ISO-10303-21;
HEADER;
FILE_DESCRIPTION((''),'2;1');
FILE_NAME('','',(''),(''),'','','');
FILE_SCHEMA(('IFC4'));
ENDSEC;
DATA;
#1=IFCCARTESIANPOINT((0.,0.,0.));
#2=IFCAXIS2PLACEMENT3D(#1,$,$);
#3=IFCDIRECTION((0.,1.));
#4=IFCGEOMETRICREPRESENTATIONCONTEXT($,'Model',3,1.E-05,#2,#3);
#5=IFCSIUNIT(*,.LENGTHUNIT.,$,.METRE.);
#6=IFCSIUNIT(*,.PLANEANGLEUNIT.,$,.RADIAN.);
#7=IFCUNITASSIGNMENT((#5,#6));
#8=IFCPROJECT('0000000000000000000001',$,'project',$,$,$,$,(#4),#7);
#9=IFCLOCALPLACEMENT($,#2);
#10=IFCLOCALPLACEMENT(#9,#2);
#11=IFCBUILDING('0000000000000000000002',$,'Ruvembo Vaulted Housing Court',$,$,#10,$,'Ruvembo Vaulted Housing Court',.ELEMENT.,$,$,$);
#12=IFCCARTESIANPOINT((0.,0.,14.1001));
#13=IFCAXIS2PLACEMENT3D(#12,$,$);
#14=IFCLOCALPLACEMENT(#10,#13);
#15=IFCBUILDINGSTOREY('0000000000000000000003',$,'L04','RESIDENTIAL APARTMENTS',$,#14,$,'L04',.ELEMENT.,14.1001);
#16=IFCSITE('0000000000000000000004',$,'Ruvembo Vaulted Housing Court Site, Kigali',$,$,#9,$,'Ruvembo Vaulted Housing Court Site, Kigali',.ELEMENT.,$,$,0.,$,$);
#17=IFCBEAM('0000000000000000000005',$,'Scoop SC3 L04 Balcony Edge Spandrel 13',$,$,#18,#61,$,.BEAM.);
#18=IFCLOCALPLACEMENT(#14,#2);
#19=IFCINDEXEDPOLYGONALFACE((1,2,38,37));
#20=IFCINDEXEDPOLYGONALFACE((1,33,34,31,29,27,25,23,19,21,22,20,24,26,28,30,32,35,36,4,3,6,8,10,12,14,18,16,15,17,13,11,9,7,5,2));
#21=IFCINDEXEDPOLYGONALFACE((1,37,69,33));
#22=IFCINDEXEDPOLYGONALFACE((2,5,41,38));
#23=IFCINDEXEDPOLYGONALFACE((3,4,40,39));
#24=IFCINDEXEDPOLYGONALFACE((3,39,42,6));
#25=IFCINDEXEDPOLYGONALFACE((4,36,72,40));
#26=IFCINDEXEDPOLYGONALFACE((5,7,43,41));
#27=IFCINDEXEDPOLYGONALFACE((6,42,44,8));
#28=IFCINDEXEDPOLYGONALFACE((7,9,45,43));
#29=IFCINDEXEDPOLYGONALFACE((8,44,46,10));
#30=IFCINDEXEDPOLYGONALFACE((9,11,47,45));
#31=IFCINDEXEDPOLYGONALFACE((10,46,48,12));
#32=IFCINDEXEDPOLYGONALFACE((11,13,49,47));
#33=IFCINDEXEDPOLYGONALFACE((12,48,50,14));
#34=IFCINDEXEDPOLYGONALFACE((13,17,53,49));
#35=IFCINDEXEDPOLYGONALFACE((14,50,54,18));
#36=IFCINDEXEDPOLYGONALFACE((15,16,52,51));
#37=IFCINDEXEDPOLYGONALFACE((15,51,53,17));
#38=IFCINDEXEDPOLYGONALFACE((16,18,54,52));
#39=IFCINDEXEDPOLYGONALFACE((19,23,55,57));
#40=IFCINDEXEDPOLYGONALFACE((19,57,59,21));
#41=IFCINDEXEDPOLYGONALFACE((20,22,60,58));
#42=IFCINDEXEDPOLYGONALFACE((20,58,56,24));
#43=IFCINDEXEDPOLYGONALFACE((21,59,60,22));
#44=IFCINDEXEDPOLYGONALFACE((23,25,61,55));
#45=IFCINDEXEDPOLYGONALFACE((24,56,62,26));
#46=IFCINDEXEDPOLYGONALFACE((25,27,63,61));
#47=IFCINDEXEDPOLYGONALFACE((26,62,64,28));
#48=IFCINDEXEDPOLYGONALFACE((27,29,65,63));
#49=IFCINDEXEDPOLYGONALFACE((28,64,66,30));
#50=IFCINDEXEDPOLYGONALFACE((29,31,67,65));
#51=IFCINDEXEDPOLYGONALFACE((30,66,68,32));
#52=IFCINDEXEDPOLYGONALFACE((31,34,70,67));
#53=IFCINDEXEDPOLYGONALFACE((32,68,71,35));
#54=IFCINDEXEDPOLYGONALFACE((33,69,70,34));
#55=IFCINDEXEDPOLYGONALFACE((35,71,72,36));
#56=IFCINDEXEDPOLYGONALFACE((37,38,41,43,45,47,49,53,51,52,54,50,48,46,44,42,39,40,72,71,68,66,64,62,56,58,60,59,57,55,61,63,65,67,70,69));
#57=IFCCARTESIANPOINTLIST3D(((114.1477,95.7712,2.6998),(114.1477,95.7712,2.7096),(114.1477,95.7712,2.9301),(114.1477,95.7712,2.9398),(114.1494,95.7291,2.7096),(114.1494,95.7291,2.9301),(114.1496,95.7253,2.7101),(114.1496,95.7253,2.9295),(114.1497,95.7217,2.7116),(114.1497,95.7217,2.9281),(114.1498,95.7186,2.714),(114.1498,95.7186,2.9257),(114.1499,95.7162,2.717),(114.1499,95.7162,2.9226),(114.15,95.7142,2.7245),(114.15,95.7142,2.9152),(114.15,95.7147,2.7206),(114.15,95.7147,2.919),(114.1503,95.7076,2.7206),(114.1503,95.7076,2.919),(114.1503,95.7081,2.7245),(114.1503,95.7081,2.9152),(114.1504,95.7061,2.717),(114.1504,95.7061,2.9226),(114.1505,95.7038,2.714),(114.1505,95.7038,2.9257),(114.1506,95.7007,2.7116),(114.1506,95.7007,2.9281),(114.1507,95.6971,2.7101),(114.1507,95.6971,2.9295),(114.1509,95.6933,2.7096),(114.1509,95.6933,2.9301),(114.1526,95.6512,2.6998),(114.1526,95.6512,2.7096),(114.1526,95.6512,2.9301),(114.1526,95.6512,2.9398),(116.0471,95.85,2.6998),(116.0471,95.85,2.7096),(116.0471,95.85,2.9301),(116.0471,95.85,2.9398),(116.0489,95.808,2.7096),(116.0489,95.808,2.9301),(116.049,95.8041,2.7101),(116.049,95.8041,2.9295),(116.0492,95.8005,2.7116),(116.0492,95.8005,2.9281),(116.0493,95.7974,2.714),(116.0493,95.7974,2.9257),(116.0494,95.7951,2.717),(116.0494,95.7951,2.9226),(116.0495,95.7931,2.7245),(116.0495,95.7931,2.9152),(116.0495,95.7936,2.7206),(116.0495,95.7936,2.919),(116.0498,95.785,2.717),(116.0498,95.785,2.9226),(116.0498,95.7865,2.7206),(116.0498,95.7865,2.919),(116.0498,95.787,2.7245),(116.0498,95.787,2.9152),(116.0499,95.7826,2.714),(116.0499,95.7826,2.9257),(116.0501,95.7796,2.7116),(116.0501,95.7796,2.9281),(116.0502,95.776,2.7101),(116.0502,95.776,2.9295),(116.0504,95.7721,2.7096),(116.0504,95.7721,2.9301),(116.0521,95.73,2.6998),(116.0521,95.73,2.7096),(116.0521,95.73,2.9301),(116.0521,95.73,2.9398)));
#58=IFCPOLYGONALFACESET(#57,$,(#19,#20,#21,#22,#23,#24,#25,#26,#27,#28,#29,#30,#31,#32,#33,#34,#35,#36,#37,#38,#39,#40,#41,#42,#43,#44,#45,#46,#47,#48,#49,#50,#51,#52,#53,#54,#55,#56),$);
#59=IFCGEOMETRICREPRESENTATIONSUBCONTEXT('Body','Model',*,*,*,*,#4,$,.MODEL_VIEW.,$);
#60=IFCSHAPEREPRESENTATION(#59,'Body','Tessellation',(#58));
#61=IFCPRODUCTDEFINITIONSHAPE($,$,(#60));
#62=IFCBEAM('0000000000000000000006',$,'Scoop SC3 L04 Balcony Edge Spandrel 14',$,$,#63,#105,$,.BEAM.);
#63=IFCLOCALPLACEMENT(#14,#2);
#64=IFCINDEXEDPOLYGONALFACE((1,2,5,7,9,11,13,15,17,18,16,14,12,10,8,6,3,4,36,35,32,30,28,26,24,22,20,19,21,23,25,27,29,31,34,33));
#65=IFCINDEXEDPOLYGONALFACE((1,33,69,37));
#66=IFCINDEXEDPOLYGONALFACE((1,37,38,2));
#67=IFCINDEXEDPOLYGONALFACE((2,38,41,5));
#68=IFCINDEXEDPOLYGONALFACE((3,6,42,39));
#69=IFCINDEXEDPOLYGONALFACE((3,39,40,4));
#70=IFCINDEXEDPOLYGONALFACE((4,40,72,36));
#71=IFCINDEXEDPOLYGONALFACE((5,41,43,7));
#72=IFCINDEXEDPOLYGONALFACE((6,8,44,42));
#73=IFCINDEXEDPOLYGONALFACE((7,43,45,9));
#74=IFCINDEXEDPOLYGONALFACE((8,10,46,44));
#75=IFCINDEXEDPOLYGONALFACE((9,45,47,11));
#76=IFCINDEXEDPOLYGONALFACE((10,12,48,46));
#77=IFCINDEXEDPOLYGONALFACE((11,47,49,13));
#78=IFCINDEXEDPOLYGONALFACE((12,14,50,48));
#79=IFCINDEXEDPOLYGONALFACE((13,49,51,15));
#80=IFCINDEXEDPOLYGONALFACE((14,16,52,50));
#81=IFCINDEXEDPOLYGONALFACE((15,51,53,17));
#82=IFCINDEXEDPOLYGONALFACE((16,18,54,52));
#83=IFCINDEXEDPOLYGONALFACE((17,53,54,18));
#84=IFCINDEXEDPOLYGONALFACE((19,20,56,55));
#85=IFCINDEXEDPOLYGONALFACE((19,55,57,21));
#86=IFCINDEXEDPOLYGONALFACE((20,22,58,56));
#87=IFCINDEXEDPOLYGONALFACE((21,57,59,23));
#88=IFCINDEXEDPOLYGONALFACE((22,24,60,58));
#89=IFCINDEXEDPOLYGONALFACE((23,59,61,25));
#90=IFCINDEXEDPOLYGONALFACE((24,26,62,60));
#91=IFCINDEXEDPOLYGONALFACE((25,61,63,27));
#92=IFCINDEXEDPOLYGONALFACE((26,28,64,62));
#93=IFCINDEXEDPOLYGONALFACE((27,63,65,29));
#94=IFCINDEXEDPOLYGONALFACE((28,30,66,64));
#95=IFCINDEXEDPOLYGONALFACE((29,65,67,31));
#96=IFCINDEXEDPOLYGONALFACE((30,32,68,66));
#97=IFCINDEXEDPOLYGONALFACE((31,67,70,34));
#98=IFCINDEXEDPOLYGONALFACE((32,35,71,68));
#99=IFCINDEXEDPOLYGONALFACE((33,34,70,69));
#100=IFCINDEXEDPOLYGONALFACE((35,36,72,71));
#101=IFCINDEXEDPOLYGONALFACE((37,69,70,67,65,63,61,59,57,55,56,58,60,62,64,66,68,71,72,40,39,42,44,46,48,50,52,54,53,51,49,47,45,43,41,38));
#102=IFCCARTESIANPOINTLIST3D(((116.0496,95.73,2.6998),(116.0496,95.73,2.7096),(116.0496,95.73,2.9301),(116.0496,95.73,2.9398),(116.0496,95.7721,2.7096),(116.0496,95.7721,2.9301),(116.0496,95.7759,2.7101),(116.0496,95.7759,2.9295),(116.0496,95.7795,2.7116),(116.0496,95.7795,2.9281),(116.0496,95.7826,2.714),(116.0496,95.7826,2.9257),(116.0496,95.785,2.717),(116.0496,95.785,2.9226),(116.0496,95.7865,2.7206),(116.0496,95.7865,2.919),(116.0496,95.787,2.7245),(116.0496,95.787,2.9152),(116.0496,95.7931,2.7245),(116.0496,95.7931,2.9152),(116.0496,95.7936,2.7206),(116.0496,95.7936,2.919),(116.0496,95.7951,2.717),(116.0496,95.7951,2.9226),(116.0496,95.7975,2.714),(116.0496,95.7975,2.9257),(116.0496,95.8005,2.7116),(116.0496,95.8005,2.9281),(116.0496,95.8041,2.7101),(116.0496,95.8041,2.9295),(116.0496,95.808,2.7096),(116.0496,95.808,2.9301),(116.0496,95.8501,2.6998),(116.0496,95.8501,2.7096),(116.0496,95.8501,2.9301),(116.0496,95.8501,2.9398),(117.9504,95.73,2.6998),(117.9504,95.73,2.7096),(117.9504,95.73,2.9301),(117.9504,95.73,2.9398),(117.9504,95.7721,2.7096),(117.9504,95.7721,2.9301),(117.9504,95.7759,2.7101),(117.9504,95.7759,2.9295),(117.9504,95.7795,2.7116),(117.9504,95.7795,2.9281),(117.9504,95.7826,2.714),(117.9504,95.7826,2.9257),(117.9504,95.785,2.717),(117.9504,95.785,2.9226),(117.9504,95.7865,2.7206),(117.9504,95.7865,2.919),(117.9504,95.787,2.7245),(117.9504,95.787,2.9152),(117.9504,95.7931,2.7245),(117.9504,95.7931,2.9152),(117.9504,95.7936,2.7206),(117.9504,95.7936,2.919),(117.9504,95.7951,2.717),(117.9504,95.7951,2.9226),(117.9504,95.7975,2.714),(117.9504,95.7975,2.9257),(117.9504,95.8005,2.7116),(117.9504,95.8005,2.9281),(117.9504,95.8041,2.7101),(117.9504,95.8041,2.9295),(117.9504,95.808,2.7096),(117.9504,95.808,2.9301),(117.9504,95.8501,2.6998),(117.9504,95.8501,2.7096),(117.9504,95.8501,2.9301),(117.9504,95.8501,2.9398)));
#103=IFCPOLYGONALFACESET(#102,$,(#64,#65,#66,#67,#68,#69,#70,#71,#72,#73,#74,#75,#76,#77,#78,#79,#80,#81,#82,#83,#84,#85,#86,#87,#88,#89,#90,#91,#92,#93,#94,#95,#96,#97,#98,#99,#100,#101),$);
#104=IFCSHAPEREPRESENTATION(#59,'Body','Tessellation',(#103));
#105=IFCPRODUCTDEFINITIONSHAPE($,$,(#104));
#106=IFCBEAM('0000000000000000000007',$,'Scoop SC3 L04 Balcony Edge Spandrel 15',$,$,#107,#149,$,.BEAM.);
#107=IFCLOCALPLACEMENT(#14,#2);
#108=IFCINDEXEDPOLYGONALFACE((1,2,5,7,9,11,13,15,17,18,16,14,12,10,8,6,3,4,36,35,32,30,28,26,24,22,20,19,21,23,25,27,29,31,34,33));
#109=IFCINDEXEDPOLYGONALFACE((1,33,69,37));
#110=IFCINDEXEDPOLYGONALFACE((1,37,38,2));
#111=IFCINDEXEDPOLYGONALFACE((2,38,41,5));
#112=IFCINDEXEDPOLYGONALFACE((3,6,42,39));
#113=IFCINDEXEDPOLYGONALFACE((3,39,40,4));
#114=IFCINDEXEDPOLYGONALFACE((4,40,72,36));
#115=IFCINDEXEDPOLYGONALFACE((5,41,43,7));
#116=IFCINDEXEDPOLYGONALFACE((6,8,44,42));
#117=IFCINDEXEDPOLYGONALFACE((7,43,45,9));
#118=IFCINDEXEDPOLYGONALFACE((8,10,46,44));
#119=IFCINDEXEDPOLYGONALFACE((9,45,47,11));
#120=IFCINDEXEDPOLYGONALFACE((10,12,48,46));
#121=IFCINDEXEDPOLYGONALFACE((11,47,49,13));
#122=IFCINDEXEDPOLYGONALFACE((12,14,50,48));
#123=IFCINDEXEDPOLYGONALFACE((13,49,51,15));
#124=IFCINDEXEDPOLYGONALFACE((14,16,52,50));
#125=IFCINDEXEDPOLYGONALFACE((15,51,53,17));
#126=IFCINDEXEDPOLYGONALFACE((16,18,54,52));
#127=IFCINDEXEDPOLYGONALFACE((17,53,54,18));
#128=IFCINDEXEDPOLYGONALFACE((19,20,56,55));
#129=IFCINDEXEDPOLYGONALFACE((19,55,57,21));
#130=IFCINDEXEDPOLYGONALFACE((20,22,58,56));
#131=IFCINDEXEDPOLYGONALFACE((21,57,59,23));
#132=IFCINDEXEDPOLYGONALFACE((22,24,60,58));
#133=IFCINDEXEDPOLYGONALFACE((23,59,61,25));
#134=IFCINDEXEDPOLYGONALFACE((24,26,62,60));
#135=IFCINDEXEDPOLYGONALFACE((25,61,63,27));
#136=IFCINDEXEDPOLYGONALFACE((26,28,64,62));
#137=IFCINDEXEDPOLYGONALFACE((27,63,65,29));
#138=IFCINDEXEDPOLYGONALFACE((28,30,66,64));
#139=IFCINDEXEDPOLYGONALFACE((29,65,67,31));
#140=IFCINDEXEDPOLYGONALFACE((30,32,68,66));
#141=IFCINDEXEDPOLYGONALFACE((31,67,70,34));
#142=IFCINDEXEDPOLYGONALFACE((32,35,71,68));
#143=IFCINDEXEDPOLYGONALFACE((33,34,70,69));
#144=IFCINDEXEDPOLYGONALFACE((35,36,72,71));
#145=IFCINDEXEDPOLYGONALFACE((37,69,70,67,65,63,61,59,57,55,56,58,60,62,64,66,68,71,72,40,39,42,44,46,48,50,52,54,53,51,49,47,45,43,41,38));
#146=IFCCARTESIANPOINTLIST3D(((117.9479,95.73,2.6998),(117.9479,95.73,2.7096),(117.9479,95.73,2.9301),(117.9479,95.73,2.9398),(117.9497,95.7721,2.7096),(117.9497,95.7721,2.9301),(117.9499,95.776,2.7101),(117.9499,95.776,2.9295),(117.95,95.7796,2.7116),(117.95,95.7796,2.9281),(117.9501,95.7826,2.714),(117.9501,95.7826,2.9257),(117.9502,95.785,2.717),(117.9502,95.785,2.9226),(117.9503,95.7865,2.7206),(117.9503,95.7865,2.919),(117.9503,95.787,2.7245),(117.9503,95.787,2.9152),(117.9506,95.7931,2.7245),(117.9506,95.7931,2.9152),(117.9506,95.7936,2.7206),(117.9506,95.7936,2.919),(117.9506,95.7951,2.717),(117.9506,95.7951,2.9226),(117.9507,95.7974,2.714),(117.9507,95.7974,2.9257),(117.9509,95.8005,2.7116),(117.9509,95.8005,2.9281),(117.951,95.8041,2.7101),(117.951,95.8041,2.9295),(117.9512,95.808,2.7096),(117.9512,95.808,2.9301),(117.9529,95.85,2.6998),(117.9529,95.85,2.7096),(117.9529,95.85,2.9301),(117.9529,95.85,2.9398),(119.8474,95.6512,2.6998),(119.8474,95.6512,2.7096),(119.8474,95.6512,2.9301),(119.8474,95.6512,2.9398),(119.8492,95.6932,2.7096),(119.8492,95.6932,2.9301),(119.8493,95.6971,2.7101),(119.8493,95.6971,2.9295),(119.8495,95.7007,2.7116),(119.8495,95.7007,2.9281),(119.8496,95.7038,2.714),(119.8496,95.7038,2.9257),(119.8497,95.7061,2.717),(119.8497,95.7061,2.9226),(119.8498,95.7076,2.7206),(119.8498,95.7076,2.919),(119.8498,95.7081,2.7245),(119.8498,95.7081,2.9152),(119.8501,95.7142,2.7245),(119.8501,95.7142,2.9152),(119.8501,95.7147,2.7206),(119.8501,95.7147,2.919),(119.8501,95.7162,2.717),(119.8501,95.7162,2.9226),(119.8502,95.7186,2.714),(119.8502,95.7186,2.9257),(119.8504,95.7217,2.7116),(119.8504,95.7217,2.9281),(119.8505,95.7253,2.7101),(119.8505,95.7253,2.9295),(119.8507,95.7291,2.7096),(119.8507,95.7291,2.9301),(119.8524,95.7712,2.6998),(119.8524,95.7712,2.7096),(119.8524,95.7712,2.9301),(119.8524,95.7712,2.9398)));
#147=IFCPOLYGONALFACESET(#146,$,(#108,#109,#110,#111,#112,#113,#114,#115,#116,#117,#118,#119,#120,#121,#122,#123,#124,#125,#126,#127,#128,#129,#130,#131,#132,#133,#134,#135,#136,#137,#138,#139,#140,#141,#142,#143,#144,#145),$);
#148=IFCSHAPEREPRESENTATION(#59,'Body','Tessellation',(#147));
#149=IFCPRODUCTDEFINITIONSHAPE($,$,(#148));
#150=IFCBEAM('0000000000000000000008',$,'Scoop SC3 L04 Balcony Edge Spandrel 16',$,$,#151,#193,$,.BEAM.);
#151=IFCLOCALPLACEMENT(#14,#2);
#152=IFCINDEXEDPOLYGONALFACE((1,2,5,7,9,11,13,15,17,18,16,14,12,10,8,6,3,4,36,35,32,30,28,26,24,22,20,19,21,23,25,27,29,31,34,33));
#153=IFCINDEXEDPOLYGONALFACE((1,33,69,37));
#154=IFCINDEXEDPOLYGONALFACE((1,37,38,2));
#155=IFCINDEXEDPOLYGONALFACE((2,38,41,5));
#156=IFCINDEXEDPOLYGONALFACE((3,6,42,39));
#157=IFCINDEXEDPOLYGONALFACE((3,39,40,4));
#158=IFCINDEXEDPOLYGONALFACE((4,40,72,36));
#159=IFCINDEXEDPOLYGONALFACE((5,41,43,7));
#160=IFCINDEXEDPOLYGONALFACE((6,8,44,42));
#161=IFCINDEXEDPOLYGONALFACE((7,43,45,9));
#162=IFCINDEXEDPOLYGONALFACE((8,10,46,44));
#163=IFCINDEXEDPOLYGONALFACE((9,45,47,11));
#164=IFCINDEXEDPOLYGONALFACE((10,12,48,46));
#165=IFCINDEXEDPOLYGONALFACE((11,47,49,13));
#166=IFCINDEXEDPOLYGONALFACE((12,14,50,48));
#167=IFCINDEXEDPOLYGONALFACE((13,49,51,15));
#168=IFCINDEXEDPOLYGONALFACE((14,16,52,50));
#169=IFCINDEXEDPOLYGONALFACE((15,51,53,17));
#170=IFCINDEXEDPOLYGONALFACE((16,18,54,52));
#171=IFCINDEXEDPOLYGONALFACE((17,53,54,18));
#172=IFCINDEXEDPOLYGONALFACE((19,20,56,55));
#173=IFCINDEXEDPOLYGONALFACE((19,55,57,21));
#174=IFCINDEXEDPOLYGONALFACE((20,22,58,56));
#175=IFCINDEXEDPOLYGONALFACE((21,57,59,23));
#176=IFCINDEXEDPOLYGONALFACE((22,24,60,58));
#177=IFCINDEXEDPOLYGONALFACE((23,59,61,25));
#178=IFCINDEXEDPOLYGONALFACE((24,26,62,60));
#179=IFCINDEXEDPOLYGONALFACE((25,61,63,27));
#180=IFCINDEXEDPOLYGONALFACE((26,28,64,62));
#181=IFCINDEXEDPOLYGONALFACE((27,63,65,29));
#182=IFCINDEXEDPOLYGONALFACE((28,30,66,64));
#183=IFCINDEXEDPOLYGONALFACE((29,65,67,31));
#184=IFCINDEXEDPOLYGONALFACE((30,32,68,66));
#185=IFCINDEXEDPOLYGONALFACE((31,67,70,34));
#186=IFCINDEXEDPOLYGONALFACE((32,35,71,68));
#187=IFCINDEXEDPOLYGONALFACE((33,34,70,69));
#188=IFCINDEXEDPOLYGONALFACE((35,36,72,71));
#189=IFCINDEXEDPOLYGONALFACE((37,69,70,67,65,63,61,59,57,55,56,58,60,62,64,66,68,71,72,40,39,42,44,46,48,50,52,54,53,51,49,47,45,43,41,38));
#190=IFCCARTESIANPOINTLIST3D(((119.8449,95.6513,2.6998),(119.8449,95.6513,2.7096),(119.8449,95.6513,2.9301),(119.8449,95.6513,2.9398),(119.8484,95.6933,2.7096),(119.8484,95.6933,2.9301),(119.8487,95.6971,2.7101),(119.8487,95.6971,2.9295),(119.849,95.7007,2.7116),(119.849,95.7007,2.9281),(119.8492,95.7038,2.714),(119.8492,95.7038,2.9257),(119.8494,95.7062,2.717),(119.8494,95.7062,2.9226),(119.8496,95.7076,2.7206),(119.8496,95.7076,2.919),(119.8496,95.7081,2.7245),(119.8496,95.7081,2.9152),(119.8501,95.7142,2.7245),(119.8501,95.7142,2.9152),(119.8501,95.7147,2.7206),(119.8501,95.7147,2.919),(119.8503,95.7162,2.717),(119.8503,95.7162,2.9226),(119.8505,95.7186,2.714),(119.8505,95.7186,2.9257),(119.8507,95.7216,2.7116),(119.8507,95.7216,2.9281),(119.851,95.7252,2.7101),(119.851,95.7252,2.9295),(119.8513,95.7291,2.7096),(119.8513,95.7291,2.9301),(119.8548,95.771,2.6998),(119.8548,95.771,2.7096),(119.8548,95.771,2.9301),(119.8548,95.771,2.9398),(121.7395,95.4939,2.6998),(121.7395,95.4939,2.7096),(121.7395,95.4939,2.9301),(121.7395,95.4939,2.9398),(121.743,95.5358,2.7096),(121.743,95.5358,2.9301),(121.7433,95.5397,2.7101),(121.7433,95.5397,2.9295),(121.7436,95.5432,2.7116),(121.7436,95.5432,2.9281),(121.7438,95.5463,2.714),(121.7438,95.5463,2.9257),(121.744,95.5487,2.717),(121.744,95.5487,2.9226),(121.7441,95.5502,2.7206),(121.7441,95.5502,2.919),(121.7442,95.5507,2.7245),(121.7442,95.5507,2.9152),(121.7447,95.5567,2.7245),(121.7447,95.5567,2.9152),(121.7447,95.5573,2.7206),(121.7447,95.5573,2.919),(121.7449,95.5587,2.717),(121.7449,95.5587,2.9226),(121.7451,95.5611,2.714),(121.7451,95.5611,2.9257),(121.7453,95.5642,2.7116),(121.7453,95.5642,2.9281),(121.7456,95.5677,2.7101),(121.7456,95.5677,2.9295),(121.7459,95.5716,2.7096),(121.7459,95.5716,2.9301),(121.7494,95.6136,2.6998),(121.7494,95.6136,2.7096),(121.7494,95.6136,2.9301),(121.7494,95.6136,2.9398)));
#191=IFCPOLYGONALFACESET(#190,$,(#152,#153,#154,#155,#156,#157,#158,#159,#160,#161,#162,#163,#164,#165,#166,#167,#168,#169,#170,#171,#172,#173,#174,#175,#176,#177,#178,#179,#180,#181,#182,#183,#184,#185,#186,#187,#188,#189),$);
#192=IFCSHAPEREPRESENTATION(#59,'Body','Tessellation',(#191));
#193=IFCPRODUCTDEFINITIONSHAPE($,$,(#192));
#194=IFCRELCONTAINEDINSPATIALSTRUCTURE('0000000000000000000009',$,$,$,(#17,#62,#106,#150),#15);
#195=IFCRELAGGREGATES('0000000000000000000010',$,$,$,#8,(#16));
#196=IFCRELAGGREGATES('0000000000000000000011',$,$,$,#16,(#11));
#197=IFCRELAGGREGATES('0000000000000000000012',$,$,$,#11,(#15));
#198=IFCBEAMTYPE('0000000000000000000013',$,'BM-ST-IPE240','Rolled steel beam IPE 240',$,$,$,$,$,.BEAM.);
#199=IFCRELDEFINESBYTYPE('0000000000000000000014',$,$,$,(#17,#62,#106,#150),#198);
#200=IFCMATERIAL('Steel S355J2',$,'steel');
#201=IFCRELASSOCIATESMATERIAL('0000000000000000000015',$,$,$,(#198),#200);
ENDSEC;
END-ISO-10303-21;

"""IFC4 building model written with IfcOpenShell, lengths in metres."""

from ifc_helpers import new_model, si_unit, direction, frame, origin, origin_2d, place, context, subcontext, project, spatial, i_section, extrude, material, material_profile, profile_set, type_object, element, save


model = new_model("IFC4")

# Units and contexts
model_context = context("Model", 3, precision=1e-05, world=origin(), true_north=direction((0.0, 1.0)))
body_context = subcontext(model_context, "Body", "Model", "MODEL_VIEW")
ifc_project = project(units=[si_unit("LENGTHUNIT", "METRE"), si_unit("PLANEANGLEUNIT", "RADIAN")], contexts=[model_context])

# Site, building, storey
site_placement = place(None, origin())
site = spatial("IfcSite", under=ifc_project, at=site_placement, Name="Ruvembo Vaulted Housing Court Site, Kigali", LongName="Ruvembo Vaulted Housing Court Site, Kigali", CompositionType="ELEMENT", RefElevation=0.0)
building_placement = place(site_placement, origin())
building = spatial("IfcBuilding", under=site, at=building_placement, Name="Ruvembo Vaulted Housing Court", LongName="Ruvembo Vaulted Housing Court", CompositionType="ELEMENT")
storey_placement = place(building_placement, frame((0.0, 0.0, 14.1001)))
storey = spatial("IfcBuildingStorey", under=building, at=storey_placement, Name="L04", Description="RESIDENTIAL APARTMENTS", LongName="L04", CompositionType="ELEMENT", Elevation=14.1001)

# Beams
ifc_material_1 = material(Name="Steel S355J2", Category="steel")
ifc_material_profile_1 = material_profile(ifc_material_1, i_section(OverallWidth=0.1201, OverallDepth=0.24, WebThickness=0.0061, FlangeThickness=0.0098, FilletRadius=0.0149, at=origin_2d()), Name="IPE 240")
ifc_profile_set_1 = profile_set([ifc_material_profile_1], Name="Steel S355J2")
beam_type = type_object("IfcBeamType", Name="BM-ST-IPE240", Description="Rolled steel beam IPE 240", PredefinedType="BEAM", material=ifc_profile_set_1)
beam_1_placement = place(storey_placement, frame((114.1501, 95.7112, 2.8198), z_axis=(0.999139, 0.041481, 0.0), x_axis=(-0.041481, 0.999139, 0.0)))
element("IfcBeam", 1, at=beam_1_placement, inside=storey, type_object=beam_type, Name="Scoop SC3 L04 Balcony Edge Spandrel 13", PredefinedType="BEAM", context=body_context, shape_type="SweptSolid", body=[
    extrude(i_section(OverallWidth=0.1201, OverallDepth=0.24, WebThickness=0.0061, FlangeThickness=0.0098, FilletRadius=0.0149, at=origin_2d()), origin(), (0.0, 0.0, 1.0), 1.9011),
])
beam_2_placement = place(storey_placement, frame((116.0496, 95.79, 2.8198), z_axis=(1.0, 0.0, 0.0), x_axis=(0.0, 1.0, 0.0)))
element("IfcBeam", 2, at=beam_2_placement, inside=storey, type_object=beam_type, Name="Scoop SC3 L04 Balcony Edge Spandrel 14", PredefinedType="BEAM", context=body_context, shape_type="SweptSolid", body=[
    extrude(i_section(OverallWidth=0.1201, OverallDepth=0.24, WebThickness=0.0061, FlangeThickness=0.0098, FilletRadius=0.0149, at=origin_2d()), origin(), (0.0, 0.0, 1.0), 1.9009),
])
for number, where, z_axis, x_axis, name in (
    (3, (117.9504, 95.79, 2.8198), (0.999139, -0.041481, 0.0), (0.041481, 0.999139, 0.0), "Scoop SC3 L04 Balcony Edge Spandrel 15"),
    (4, (119.8499, 95.7112, 2.8198), (0.996563, -0.082833, 0.0), (0.082833, 0.996563, 0.0), "Scoop SC3 L04 Balcony Edge Spandrel 16"),
):
    element("IfcBeam", number, at=place(storey_placement, frame(where, z_axis=z_axis, x_axis=x_axis)), inside=storey, type_object=beam_type, Name=name, PredefinedType="BEAM", context=body_context, shape_type="SweptSolid", body=[
        extrude(i_section(OverallWidth=0.1201, OverallDepth=0.24, WebThickness=0.0061, FlangeThickness=0.0098, FilletRadius=0.0149, at=origin_2d()), origin(), (0.0, 0.0, 1.0), 1.9011),
    ])

save(model, "model.ifc")
